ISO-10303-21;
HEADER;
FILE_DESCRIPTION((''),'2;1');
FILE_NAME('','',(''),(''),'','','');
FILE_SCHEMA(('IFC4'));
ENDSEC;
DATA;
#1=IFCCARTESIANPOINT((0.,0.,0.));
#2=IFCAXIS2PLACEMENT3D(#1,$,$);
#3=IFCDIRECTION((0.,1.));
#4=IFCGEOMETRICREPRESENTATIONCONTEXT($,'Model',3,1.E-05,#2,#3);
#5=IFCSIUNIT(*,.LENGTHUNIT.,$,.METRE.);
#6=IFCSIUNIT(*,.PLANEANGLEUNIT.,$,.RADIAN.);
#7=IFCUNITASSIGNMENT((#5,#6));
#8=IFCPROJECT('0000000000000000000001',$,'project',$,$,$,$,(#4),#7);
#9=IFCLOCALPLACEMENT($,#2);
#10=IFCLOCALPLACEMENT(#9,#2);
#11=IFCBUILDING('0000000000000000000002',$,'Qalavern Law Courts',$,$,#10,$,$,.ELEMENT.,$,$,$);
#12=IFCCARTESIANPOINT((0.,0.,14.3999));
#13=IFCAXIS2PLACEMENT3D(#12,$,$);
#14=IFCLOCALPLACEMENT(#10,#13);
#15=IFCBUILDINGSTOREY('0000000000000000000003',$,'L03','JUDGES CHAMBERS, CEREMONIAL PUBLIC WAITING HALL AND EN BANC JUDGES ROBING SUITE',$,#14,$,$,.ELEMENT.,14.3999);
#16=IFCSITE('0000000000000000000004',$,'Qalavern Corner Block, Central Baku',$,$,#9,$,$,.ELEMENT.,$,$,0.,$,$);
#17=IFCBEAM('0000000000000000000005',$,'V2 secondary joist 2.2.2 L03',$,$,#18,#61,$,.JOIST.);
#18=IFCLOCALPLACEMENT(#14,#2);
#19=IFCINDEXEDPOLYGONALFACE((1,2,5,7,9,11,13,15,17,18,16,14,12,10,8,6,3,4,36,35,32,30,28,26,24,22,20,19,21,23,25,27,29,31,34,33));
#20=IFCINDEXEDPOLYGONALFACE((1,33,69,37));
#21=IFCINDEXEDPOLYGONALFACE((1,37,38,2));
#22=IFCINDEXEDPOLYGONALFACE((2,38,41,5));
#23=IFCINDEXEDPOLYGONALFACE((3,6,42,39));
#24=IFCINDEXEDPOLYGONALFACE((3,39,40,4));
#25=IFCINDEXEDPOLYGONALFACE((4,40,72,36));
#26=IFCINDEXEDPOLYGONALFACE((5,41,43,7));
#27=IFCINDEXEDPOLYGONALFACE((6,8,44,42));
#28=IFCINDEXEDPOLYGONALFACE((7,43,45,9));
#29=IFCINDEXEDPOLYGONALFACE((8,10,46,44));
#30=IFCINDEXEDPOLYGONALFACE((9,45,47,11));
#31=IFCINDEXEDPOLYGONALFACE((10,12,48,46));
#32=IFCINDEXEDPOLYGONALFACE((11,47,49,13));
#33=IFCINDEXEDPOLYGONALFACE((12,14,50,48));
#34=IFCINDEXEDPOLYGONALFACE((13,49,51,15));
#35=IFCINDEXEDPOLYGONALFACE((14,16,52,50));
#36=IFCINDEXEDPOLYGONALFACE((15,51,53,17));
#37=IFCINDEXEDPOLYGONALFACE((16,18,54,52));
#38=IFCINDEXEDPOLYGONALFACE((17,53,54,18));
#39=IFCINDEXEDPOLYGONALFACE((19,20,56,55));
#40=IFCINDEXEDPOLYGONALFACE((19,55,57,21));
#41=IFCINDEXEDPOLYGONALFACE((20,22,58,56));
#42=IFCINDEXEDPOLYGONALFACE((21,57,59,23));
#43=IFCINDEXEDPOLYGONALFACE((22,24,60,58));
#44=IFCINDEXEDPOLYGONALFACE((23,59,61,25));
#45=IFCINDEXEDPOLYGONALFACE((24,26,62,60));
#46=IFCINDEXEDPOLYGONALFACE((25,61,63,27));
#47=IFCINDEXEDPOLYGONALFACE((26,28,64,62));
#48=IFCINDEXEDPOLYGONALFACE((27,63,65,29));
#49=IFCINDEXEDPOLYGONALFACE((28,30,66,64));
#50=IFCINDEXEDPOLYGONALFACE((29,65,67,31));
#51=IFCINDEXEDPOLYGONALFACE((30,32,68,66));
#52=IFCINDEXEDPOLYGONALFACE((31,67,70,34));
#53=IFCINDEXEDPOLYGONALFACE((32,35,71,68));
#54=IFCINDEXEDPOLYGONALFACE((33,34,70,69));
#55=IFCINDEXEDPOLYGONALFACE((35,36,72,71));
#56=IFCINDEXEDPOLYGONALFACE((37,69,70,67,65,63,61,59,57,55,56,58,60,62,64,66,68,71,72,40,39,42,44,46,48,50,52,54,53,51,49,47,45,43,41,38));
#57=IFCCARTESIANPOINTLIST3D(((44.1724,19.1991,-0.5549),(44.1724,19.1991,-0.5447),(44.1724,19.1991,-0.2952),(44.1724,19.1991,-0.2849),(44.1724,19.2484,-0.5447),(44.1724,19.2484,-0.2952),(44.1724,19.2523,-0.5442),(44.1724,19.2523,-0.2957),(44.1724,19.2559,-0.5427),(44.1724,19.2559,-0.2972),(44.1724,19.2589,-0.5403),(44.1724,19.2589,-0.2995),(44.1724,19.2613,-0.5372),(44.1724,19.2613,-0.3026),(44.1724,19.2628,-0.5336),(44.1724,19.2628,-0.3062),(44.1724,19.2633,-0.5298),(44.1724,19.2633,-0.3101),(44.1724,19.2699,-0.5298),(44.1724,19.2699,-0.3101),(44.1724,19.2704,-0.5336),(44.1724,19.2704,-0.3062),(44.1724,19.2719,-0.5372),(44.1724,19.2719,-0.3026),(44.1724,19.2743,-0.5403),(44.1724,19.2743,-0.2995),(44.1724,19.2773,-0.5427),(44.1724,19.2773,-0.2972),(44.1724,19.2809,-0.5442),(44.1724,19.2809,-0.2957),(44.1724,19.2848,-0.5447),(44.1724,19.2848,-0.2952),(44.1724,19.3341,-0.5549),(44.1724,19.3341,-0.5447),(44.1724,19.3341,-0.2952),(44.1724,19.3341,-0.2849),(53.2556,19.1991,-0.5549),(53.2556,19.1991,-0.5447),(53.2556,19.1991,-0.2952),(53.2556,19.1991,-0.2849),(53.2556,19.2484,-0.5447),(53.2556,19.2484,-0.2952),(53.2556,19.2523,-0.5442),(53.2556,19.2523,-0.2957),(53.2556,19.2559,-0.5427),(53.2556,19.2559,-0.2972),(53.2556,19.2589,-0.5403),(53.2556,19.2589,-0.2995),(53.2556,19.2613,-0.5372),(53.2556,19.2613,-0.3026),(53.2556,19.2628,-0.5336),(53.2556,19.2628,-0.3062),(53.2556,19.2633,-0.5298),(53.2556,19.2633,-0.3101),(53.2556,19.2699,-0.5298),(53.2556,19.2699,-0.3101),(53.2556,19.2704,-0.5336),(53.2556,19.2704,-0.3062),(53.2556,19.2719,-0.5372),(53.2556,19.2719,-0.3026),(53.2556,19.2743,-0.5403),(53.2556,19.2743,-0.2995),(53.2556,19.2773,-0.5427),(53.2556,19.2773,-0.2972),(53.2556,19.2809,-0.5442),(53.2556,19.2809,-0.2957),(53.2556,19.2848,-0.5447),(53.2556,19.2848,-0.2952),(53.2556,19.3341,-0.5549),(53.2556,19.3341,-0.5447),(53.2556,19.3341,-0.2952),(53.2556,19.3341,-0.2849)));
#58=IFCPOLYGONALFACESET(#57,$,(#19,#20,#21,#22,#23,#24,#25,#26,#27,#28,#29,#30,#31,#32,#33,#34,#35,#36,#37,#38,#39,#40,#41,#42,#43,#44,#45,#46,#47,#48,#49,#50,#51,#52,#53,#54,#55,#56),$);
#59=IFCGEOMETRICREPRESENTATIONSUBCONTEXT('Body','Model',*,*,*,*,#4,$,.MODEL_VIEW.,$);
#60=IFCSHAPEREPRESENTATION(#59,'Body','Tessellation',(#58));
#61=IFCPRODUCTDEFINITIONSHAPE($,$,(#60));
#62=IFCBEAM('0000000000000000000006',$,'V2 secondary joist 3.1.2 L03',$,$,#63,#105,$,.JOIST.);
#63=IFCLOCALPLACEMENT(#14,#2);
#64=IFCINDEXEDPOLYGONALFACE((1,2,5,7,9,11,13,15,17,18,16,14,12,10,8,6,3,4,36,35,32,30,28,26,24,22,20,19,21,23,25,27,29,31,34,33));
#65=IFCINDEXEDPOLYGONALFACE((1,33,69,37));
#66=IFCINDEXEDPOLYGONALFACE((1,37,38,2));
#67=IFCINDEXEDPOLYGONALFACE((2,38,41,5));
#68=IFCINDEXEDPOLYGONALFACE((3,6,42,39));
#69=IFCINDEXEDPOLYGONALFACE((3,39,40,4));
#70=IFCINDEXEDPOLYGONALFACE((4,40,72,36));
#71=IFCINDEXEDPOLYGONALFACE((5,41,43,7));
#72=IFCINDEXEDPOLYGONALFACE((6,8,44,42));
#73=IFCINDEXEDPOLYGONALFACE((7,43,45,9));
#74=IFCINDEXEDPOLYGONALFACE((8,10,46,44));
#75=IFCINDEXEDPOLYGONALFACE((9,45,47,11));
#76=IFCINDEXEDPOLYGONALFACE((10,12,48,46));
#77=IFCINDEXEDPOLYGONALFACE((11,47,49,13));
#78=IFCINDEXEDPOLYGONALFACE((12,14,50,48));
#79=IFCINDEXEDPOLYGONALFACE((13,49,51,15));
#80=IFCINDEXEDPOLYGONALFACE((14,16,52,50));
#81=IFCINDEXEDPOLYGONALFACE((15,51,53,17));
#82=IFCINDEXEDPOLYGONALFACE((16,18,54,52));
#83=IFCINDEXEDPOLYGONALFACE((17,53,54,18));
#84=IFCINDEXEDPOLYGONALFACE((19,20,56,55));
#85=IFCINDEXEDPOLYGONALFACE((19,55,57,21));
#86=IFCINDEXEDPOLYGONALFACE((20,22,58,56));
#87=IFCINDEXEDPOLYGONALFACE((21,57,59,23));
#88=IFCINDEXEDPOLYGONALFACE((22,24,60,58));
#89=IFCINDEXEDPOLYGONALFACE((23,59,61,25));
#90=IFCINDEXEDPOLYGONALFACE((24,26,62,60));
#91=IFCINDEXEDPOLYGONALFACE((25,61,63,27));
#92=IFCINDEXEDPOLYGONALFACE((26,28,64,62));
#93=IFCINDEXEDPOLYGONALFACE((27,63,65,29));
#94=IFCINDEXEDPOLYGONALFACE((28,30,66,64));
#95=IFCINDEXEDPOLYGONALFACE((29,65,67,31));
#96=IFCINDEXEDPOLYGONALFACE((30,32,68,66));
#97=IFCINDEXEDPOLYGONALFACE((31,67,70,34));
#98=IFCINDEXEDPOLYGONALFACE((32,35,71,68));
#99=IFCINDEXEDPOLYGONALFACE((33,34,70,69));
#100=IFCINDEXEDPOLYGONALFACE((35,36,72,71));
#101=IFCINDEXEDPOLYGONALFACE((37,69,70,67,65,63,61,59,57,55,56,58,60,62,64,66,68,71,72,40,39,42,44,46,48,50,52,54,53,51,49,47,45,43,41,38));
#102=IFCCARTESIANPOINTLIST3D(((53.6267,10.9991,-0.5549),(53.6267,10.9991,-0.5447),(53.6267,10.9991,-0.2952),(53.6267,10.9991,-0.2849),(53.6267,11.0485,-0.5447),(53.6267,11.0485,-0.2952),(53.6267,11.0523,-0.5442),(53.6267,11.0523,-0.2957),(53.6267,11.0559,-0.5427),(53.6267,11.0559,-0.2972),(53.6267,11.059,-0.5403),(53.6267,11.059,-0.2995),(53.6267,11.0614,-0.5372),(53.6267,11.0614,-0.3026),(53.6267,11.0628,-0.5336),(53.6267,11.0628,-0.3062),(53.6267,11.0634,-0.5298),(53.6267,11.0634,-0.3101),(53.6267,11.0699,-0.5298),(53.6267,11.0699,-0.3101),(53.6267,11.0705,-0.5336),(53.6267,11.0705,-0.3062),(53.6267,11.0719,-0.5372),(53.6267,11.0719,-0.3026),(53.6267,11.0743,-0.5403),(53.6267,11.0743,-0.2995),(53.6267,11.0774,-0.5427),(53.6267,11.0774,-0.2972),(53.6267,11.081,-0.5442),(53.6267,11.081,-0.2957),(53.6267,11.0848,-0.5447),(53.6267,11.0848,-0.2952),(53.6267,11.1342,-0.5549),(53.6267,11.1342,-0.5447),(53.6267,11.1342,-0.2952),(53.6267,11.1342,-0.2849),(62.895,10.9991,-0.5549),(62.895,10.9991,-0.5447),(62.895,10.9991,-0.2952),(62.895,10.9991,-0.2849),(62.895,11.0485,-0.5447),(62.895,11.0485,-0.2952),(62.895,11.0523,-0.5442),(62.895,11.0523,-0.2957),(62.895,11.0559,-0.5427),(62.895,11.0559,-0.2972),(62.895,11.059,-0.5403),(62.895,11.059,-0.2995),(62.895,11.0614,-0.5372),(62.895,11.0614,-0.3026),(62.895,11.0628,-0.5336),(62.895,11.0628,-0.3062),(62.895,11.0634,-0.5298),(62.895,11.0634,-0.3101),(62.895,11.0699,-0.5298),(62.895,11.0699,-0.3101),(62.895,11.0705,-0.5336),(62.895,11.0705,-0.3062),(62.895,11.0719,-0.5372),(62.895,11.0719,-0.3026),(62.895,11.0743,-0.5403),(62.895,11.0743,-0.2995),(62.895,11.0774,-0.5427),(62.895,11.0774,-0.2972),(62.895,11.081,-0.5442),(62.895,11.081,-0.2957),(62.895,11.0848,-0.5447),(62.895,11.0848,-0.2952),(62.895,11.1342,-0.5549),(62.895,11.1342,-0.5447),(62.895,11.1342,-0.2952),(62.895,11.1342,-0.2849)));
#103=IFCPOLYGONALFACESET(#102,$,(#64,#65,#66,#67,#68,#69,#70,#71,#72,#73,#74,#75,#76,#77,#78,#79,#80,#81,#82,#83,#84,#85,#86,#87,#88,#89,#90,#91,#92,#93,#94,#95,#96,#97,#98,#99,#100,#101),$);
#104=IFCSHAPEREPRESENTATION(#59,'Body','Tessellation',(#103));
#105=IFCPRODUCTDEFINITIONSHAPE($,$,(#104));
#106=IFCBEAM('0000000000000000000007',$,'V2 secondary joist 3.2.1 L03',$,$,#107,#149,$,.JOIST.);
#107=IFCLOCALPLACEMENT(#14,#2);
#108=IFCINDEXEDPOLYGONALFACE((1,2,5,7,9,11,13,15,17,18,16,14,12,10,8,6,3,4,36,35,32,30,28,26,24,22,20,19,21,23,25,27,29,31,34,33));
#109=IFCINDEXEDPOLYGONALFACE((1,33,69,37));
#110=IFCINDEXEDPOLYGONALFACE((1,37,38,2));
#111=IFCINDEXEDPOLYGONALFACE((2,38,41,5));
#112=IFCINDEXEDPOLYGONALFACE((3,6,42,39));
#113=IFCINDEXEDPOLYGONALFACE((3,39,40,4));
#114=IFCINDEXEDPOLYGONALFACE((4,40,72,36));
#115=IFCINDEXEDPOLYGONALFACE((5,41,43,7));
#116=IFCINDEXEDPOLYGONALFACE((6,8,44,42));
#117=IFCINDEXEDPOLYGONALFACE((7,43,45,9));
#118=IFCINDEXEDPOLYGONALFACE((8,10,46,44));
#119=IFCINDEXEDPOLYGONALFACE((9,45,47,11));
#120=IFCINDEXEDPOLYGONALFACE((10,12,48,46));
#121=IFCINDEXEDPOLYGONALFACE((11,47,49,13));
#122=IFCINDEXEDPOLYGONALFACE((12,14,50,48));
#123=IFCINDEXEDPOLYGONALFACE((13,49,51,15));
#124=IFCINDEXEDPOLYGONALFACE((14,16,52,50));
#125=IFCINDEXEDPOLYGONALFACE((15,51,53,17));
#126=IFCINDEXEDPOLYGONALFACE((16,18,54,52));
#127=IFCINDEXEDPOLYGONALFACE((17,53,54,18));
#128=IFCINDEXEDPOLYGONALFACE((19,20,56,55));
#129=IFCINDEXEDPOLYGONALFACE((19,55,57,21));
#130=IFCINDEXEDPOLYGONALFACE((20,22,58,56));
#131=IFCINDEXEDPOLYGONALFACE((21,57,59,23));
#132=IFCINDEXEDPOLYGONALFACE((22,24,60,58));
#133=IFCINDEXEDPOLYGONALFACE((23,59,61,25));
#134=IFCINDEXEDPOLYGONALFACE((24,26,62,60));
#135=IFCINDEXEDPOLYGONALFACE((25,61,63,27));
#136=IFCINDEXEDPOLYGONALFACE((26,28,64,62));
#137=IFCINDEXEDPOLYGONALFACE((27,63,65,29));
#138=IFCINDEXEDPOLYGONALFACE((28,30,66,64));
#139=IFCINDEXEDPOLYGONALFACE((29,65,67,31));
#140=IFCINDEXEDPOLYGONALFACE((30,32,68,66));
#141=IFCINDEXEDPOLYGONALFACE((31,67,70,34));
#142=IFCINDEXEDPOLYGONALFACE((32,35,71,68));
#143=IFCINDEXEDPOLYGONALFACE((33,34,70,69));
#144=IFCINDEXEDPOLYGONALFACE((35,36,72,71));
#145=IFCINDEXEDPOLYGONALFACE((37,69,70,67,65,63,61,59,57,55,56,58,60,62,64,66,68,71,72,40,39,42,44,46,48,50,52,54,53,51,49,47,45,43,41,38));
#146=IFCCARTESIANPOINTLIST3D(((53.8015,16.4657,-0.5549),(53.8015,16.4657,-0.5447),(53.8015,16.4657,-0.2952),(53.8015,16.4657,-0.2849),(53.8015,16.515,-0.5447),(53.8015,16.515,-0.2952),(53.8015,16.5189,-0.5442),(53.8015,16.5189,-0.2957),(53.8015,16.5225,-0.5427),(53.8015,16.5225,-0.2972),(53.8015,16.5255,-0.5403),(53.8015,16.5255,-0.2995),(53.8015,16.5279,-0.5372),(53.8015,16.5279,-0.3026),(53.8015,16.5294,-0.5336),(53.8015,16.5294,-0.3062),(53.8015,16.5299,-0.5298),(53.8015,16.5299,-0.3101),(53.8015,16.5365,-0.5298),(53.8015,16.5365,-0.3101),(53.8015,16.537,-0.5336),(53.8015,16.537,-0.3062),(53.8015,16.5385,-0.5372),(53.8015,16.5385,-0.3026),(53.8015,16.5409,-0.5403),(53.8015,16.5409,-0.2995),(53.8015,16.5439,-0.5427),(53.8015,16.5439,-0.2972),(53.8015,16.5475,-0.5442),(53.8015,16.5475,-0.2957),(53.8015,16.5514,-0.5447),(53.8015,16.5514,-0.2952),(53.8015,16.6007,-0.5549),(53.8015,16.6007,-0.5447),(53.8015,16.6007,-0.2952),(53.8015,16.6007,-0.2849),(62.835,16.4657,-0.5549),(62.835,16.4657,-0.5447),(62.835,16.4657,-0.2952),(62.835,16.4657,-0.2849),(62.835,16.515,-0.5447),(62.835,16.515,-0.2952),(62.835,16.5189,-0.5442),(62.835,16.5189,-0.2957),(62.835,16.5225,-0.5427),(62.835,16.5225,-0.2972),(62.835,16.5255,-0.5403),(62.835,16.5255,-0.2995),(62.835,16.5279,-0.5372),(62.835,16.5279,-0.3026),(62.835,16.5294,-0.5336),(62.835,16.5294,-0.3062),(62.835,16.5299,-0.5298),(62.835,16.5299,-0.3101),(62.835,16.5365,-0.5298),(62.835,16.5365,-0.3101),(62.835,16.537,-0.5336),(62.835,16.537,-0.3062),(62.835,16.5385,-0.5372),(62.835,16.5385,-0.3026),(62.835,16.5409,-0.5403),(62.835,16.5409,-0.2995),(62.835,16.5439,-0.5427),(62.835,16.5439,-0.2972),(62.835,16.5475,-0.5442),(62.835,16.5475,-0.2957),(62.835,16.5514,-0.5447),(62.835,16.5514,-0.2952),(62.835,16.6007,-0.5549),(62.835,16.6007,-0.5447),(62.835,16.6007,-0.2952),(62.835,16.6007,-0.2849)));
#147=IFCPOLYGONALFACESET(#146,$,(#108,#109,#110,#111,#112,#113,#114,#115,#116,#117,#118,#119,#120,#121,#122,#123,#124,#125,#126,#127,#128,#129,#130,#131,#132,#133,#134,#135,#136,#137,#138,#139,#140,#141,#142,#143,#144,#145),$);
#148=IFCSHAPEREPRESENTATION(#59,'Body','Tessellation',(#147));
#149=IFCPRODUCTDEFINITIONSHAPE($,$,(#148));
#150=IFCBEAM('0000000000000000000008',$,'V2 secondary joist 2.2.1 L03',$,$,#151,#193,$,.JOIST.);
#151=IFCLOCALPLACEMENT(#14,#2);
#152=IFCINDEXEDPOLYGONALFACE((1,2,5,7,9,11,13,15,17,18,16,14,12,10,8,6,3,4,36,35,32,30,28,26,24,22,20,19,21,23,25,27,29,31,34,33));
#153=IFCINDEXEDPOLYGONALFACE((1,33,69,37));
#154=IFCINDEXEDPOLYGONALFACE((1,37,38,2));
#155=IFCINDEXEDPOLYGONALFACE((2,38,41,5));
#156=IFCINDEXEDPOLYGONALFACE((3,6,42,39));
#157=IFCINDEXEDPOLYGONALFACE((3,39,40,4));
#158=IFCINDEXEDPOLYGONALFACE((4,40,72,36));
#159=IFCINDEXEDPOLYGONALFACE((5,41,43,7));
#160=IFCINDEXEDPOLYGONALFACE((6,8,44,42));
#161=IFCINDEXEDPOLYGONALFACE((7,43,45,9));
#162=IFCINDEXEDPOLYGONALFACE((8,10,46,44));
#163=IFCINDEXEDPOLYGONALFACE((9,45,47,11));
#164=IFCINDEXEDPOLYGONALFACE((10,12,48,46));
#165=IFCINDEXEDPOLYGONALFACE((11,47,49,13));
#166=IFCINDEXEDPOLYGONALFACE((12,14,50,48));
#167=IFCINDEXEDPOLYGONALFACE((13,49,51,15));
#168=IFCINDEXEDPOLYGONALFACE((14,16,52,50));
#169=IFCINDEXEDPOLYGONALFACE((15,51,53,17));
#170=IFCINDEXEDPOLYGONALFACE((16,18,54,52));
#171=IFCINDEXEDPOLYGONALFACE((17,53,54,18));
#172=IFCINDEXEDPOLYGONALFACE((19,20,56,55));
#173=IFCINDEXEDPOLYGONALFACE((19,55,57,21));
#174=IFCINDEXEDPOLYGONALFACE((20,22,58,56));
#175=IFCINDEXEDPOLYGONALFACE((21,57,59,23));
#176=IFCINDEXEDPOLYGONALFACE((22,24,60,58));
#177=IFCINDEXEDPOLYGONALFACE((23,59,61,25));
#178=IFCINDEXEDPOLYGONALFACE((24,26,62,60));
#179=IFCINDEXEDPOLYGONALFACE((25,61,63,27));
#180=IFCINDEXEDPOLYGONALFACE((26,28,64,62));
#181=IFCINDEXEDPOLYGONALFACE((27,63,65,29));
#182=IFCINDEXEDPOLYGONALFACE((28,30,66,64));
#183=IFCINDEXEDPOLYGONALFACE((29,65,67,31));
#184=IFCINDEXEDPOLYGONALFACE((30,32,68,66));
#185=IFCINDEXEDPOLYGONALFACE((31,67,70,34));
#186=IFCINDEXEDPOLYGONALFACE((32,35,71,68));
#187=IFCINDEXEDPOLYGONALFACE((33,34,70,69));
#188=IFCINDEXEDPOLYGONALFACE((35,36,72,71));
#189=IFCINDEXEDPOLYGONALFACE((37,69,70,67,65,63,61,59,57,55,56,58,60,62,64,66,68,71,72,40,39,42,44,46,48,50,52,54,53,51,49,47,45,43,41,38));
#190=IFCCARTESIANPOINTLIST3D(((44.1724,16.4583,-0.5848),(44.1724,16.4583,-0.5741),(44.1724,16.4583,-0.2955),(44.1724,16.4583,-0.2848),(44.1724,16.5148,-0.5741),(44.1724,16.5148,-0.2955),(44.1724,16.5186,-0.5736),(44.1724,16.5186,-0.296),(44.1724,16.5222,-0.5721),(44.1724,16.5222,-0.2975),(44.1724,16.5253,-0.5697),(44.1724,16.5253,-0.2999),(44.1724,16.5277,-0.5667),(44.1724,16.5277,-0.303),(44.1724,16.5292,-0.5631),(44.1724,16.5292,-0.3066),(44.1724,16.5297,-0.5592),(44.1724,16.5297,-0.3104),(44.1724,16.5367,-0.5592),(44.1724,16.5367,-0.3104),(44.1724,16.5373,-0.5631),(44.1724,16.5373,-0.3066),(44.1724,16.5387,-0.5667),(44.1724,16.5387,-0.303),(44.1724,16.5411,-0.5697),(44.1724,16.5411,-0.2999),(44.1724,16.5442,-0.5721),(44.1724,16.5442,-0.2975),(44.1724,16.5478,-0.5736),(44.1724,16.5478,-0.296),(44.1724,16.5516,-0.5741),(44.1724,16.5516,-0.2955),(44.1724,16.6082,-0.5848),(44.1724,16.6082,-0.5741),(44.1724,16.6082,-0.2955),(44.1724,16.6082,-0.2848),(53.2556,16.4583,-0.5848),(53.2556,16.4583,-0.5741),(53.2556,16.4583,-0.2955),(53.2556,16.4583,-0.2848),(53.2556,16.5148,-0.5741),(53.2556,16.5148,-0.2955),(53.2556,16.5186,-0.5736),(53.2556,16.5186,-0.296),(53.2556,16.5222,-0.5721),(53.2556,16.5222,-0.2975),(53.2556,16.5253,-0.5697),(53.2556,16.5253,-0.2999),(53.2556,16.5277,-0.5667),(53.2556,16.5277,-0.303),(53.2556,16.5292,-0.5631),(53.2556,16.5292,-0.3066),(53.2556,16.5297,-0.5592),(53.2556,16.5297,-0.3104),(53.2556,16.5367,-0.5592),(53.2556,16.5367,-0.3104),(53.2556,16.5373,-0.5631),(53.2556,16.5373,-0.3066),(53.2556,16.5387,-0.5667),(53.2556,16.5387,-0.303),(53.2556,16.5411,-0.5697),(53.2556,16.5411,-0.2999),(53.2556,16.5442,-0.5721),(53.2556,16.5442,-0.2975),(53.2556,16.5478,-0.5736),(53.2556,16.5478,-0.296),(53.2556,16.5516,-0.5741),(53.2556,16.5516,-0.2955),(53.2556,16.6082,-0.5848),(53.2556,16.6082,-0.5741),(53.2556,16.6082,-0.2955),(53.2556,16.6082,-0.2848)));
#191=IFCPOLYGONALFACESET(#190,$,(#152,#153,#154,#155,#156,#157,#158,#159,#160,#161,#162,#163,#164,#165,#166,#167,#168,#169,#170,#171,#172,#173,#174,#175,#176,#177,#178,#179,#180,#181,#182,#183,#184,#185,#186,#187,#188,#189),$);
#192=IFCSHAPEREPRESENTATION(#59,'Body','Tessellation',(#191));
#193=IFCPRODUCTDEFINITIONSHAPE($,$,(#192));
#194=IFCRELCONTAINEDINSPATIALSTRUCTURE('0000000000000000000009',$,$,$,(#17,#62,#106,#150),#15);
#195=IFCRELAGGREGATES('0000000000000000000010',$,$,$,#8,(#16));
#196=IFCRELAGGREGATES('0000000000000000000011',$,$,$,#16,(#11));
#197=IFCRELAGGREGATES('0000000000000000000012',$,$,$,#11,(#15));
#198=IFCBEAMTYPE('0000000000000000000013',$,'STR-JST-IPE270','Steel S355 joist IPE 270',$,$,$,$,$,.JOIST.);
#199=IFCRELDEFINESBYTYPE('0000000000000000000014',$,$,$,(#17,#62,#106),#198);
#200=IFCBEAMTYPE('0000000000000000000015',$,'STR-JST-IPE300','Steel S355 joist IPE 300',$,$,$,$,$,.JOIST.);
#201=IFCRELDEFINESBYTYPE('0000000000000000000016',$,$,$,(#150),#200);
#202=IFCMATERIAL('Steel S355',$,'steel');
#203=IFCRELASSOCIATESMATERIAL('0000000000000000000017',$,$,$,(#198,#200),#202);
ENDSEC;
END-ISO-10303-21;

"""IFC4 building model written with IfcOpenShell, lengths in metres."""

from ifc_helpers import new_model, si_unit, direction, frame, origin, origin_2d, place, context, subcontext, project, spatial, i_section, extrude, material, material_profile, profile_set, type_object, element, save


model = new_model("IFC4")

# Units and contexts
model_context = context("Model", 3, precision=1e-05, world=origin(), true_north=direction((0.0, 1.0)))
body_context = subcontext(model_context, "Body", "Model", "MODEL_VIEW")
ifc_project = project(units=[si_unit("LENGTHUNIT", "METRE"), si_unit("PLANEANGLEUNIT", "RADIAN")], contexts=[model_context])

# Site, building, storey
site_placement = place(None, origin())
site = spatial("IfcSite", under=ifc_project, at=site_placement, Name="Qalavern Corner Block, Central Baku", CompositionType="ELEMENT", RefElevation=0.0)
building_placement = place(site_placement, origin())
building = spatial("IfcBuilding", under=site, at=building_placement, Name="Qalavern Law Courts", CompositionType="ELEMENT")
storey_placement = place(building_placement, frame((0.0, 0.0, 14.3999)))
storey = spatial("IfcBuildingStorey", under=building, at=storey_placement, Name="L03", Description="JUDGES CHAMBERS, CEREMONIAL PUBLIC WAITING HALL AND EN BANC JUDGES ROBING SUITE", CompositionType="ELEMENT", Elevation=14.3999)

# Beams
ifc_material_1 = material(Name="Steel S355", Category="steel")
ifc_material_profile_1 = material_profile(ifc_material_1, i_section(OverallWidth=0.135, OverallDepth=0.27, WebThickness=0.0066, FlangeThickness=0.0103, FilletRadius=0.0149, at=origin_2d()), Name="IPE 270")
ifc_profile_set_1 = profile_set([ifc_material_profile_1], Name="Steel S355")
beam_type_1 = type_object("IfcBeamType", Name="STR-JST-IPE270", Description="Steel S355 joist IPE 270", PredefinedType="JOIST", material=ifc_profile_set_1)
beam_1_placement = place(storey_placement, frame((44.1724, 19.2666, -0.4199), z_axis=(1.0, 0.0, 0.0), x_axis=(0.0, 1.0, 0.0)))
element("IfcBeam", 1, at=beam_1_placement, inside=storey, type_object=beam_type_1, Name="V2 secondary joist 2.2.2 L03", PredefinedType="JOIST", context=body_context, shape_type="SweptSolid", body=[
    extrude(i_section(OverallWidth=0.135, OverallDepth=0.27, WebThickness=0.0066, FlangeThickness=0.0103, FilletRadius=0.0149, at=origin_2d()), origin(), (0.0, 0.0, 1.0), 9.0833),
])
beam_2_placement = place(storey_placement, frame((53.6267, 11.0667, -0.4199), z_axis=(1.0, 0.0, 0.0), x_axis=(0.0, 1.0, 0.0)))
element("IfcBeam", 2, at=beam_2_placement, inside=storey, type_object=beam_type_1, Name="V2 secondary joist 3.1.2 L03", PredefinedType="JOIST", context=body_context, shape_type="SweptSolid", body=[
    extrude(i_section(OverallWidth=0.135, OverallDepth=0.27, WebThickness=0.0066, FlangeThickness=0.0103, FilletRadius=0.0149, at=origin_2d()), origin(), (0.0, 0.0, 1.0), 9.2683),
])
beam_3_placement = place(storey_placement, frame((53.8015, 16.5332, -0.4199), z_axis=(1.0, 0.0, 0.0), x_axis=(0.0, 1.0, 0.0)))
element("IfcBeam", 3, at=beam_3_placement, inside=storey, type_object=beam_type_1, Name="V2 secondary joist 3.2.1 L03", PredefinedType="JOIST", context=body_context, shape_type="SweptSolid", body=[
    extrude(i_section(OverallWidth=0.135, OverallDepth=0.27, WebThickness=0.0066, FlangeThickness=0.0103, FilletRadius=0.0149, at=origin_2d()), origin(), (0.0, 0.0, 1.0), 9.0334),
])
ifc_material_profile_2 = material_profile(ifc_material_1, i_section(OverallWidth=0.1499, OverallDepth=0.3, WebThickness=0.0071, FlangeThickness=0.0107, FilletRadius=0.0149, at=origin_2d()), Name="IPE 300")
ifc_profile_set_2 = profile_set([ifc_material_profile_2], Name="Steel S355")
beam_type_2 = type_object("IfcBeamType", Name="STR-JST-IPE300", Description="Steel S355 joist IPE 300", PredefinedType="JOIST", material=ifc_profile_set_2)
beam_4_placement = place(storey_placement, frame((44.1724, 16.5332, -0.4348), z_axis=(1.0, 0.0, 0.0), x_axis=(0.0, 1.0, 0.0)))
element("IfcBeam", 4, at=beam_4_placement, inside=storey, type_object=beam_type_2, Name="V2 secondary joist 2.2.1 L03", PredefinedType="JOIST", context=body_context, shape_type="SweptSolid", body=[
    extrude(i_section(OverallWidth=0.1499, OverallDepth=0.3, WebThickness=0.0071, FlangeThickness=0.0107, FilletRadius=0.0149, at=origin_2d()), origin(), (0.0, 0.0, 1.0), 9.0833),
])

save(model, "model.ifc")
